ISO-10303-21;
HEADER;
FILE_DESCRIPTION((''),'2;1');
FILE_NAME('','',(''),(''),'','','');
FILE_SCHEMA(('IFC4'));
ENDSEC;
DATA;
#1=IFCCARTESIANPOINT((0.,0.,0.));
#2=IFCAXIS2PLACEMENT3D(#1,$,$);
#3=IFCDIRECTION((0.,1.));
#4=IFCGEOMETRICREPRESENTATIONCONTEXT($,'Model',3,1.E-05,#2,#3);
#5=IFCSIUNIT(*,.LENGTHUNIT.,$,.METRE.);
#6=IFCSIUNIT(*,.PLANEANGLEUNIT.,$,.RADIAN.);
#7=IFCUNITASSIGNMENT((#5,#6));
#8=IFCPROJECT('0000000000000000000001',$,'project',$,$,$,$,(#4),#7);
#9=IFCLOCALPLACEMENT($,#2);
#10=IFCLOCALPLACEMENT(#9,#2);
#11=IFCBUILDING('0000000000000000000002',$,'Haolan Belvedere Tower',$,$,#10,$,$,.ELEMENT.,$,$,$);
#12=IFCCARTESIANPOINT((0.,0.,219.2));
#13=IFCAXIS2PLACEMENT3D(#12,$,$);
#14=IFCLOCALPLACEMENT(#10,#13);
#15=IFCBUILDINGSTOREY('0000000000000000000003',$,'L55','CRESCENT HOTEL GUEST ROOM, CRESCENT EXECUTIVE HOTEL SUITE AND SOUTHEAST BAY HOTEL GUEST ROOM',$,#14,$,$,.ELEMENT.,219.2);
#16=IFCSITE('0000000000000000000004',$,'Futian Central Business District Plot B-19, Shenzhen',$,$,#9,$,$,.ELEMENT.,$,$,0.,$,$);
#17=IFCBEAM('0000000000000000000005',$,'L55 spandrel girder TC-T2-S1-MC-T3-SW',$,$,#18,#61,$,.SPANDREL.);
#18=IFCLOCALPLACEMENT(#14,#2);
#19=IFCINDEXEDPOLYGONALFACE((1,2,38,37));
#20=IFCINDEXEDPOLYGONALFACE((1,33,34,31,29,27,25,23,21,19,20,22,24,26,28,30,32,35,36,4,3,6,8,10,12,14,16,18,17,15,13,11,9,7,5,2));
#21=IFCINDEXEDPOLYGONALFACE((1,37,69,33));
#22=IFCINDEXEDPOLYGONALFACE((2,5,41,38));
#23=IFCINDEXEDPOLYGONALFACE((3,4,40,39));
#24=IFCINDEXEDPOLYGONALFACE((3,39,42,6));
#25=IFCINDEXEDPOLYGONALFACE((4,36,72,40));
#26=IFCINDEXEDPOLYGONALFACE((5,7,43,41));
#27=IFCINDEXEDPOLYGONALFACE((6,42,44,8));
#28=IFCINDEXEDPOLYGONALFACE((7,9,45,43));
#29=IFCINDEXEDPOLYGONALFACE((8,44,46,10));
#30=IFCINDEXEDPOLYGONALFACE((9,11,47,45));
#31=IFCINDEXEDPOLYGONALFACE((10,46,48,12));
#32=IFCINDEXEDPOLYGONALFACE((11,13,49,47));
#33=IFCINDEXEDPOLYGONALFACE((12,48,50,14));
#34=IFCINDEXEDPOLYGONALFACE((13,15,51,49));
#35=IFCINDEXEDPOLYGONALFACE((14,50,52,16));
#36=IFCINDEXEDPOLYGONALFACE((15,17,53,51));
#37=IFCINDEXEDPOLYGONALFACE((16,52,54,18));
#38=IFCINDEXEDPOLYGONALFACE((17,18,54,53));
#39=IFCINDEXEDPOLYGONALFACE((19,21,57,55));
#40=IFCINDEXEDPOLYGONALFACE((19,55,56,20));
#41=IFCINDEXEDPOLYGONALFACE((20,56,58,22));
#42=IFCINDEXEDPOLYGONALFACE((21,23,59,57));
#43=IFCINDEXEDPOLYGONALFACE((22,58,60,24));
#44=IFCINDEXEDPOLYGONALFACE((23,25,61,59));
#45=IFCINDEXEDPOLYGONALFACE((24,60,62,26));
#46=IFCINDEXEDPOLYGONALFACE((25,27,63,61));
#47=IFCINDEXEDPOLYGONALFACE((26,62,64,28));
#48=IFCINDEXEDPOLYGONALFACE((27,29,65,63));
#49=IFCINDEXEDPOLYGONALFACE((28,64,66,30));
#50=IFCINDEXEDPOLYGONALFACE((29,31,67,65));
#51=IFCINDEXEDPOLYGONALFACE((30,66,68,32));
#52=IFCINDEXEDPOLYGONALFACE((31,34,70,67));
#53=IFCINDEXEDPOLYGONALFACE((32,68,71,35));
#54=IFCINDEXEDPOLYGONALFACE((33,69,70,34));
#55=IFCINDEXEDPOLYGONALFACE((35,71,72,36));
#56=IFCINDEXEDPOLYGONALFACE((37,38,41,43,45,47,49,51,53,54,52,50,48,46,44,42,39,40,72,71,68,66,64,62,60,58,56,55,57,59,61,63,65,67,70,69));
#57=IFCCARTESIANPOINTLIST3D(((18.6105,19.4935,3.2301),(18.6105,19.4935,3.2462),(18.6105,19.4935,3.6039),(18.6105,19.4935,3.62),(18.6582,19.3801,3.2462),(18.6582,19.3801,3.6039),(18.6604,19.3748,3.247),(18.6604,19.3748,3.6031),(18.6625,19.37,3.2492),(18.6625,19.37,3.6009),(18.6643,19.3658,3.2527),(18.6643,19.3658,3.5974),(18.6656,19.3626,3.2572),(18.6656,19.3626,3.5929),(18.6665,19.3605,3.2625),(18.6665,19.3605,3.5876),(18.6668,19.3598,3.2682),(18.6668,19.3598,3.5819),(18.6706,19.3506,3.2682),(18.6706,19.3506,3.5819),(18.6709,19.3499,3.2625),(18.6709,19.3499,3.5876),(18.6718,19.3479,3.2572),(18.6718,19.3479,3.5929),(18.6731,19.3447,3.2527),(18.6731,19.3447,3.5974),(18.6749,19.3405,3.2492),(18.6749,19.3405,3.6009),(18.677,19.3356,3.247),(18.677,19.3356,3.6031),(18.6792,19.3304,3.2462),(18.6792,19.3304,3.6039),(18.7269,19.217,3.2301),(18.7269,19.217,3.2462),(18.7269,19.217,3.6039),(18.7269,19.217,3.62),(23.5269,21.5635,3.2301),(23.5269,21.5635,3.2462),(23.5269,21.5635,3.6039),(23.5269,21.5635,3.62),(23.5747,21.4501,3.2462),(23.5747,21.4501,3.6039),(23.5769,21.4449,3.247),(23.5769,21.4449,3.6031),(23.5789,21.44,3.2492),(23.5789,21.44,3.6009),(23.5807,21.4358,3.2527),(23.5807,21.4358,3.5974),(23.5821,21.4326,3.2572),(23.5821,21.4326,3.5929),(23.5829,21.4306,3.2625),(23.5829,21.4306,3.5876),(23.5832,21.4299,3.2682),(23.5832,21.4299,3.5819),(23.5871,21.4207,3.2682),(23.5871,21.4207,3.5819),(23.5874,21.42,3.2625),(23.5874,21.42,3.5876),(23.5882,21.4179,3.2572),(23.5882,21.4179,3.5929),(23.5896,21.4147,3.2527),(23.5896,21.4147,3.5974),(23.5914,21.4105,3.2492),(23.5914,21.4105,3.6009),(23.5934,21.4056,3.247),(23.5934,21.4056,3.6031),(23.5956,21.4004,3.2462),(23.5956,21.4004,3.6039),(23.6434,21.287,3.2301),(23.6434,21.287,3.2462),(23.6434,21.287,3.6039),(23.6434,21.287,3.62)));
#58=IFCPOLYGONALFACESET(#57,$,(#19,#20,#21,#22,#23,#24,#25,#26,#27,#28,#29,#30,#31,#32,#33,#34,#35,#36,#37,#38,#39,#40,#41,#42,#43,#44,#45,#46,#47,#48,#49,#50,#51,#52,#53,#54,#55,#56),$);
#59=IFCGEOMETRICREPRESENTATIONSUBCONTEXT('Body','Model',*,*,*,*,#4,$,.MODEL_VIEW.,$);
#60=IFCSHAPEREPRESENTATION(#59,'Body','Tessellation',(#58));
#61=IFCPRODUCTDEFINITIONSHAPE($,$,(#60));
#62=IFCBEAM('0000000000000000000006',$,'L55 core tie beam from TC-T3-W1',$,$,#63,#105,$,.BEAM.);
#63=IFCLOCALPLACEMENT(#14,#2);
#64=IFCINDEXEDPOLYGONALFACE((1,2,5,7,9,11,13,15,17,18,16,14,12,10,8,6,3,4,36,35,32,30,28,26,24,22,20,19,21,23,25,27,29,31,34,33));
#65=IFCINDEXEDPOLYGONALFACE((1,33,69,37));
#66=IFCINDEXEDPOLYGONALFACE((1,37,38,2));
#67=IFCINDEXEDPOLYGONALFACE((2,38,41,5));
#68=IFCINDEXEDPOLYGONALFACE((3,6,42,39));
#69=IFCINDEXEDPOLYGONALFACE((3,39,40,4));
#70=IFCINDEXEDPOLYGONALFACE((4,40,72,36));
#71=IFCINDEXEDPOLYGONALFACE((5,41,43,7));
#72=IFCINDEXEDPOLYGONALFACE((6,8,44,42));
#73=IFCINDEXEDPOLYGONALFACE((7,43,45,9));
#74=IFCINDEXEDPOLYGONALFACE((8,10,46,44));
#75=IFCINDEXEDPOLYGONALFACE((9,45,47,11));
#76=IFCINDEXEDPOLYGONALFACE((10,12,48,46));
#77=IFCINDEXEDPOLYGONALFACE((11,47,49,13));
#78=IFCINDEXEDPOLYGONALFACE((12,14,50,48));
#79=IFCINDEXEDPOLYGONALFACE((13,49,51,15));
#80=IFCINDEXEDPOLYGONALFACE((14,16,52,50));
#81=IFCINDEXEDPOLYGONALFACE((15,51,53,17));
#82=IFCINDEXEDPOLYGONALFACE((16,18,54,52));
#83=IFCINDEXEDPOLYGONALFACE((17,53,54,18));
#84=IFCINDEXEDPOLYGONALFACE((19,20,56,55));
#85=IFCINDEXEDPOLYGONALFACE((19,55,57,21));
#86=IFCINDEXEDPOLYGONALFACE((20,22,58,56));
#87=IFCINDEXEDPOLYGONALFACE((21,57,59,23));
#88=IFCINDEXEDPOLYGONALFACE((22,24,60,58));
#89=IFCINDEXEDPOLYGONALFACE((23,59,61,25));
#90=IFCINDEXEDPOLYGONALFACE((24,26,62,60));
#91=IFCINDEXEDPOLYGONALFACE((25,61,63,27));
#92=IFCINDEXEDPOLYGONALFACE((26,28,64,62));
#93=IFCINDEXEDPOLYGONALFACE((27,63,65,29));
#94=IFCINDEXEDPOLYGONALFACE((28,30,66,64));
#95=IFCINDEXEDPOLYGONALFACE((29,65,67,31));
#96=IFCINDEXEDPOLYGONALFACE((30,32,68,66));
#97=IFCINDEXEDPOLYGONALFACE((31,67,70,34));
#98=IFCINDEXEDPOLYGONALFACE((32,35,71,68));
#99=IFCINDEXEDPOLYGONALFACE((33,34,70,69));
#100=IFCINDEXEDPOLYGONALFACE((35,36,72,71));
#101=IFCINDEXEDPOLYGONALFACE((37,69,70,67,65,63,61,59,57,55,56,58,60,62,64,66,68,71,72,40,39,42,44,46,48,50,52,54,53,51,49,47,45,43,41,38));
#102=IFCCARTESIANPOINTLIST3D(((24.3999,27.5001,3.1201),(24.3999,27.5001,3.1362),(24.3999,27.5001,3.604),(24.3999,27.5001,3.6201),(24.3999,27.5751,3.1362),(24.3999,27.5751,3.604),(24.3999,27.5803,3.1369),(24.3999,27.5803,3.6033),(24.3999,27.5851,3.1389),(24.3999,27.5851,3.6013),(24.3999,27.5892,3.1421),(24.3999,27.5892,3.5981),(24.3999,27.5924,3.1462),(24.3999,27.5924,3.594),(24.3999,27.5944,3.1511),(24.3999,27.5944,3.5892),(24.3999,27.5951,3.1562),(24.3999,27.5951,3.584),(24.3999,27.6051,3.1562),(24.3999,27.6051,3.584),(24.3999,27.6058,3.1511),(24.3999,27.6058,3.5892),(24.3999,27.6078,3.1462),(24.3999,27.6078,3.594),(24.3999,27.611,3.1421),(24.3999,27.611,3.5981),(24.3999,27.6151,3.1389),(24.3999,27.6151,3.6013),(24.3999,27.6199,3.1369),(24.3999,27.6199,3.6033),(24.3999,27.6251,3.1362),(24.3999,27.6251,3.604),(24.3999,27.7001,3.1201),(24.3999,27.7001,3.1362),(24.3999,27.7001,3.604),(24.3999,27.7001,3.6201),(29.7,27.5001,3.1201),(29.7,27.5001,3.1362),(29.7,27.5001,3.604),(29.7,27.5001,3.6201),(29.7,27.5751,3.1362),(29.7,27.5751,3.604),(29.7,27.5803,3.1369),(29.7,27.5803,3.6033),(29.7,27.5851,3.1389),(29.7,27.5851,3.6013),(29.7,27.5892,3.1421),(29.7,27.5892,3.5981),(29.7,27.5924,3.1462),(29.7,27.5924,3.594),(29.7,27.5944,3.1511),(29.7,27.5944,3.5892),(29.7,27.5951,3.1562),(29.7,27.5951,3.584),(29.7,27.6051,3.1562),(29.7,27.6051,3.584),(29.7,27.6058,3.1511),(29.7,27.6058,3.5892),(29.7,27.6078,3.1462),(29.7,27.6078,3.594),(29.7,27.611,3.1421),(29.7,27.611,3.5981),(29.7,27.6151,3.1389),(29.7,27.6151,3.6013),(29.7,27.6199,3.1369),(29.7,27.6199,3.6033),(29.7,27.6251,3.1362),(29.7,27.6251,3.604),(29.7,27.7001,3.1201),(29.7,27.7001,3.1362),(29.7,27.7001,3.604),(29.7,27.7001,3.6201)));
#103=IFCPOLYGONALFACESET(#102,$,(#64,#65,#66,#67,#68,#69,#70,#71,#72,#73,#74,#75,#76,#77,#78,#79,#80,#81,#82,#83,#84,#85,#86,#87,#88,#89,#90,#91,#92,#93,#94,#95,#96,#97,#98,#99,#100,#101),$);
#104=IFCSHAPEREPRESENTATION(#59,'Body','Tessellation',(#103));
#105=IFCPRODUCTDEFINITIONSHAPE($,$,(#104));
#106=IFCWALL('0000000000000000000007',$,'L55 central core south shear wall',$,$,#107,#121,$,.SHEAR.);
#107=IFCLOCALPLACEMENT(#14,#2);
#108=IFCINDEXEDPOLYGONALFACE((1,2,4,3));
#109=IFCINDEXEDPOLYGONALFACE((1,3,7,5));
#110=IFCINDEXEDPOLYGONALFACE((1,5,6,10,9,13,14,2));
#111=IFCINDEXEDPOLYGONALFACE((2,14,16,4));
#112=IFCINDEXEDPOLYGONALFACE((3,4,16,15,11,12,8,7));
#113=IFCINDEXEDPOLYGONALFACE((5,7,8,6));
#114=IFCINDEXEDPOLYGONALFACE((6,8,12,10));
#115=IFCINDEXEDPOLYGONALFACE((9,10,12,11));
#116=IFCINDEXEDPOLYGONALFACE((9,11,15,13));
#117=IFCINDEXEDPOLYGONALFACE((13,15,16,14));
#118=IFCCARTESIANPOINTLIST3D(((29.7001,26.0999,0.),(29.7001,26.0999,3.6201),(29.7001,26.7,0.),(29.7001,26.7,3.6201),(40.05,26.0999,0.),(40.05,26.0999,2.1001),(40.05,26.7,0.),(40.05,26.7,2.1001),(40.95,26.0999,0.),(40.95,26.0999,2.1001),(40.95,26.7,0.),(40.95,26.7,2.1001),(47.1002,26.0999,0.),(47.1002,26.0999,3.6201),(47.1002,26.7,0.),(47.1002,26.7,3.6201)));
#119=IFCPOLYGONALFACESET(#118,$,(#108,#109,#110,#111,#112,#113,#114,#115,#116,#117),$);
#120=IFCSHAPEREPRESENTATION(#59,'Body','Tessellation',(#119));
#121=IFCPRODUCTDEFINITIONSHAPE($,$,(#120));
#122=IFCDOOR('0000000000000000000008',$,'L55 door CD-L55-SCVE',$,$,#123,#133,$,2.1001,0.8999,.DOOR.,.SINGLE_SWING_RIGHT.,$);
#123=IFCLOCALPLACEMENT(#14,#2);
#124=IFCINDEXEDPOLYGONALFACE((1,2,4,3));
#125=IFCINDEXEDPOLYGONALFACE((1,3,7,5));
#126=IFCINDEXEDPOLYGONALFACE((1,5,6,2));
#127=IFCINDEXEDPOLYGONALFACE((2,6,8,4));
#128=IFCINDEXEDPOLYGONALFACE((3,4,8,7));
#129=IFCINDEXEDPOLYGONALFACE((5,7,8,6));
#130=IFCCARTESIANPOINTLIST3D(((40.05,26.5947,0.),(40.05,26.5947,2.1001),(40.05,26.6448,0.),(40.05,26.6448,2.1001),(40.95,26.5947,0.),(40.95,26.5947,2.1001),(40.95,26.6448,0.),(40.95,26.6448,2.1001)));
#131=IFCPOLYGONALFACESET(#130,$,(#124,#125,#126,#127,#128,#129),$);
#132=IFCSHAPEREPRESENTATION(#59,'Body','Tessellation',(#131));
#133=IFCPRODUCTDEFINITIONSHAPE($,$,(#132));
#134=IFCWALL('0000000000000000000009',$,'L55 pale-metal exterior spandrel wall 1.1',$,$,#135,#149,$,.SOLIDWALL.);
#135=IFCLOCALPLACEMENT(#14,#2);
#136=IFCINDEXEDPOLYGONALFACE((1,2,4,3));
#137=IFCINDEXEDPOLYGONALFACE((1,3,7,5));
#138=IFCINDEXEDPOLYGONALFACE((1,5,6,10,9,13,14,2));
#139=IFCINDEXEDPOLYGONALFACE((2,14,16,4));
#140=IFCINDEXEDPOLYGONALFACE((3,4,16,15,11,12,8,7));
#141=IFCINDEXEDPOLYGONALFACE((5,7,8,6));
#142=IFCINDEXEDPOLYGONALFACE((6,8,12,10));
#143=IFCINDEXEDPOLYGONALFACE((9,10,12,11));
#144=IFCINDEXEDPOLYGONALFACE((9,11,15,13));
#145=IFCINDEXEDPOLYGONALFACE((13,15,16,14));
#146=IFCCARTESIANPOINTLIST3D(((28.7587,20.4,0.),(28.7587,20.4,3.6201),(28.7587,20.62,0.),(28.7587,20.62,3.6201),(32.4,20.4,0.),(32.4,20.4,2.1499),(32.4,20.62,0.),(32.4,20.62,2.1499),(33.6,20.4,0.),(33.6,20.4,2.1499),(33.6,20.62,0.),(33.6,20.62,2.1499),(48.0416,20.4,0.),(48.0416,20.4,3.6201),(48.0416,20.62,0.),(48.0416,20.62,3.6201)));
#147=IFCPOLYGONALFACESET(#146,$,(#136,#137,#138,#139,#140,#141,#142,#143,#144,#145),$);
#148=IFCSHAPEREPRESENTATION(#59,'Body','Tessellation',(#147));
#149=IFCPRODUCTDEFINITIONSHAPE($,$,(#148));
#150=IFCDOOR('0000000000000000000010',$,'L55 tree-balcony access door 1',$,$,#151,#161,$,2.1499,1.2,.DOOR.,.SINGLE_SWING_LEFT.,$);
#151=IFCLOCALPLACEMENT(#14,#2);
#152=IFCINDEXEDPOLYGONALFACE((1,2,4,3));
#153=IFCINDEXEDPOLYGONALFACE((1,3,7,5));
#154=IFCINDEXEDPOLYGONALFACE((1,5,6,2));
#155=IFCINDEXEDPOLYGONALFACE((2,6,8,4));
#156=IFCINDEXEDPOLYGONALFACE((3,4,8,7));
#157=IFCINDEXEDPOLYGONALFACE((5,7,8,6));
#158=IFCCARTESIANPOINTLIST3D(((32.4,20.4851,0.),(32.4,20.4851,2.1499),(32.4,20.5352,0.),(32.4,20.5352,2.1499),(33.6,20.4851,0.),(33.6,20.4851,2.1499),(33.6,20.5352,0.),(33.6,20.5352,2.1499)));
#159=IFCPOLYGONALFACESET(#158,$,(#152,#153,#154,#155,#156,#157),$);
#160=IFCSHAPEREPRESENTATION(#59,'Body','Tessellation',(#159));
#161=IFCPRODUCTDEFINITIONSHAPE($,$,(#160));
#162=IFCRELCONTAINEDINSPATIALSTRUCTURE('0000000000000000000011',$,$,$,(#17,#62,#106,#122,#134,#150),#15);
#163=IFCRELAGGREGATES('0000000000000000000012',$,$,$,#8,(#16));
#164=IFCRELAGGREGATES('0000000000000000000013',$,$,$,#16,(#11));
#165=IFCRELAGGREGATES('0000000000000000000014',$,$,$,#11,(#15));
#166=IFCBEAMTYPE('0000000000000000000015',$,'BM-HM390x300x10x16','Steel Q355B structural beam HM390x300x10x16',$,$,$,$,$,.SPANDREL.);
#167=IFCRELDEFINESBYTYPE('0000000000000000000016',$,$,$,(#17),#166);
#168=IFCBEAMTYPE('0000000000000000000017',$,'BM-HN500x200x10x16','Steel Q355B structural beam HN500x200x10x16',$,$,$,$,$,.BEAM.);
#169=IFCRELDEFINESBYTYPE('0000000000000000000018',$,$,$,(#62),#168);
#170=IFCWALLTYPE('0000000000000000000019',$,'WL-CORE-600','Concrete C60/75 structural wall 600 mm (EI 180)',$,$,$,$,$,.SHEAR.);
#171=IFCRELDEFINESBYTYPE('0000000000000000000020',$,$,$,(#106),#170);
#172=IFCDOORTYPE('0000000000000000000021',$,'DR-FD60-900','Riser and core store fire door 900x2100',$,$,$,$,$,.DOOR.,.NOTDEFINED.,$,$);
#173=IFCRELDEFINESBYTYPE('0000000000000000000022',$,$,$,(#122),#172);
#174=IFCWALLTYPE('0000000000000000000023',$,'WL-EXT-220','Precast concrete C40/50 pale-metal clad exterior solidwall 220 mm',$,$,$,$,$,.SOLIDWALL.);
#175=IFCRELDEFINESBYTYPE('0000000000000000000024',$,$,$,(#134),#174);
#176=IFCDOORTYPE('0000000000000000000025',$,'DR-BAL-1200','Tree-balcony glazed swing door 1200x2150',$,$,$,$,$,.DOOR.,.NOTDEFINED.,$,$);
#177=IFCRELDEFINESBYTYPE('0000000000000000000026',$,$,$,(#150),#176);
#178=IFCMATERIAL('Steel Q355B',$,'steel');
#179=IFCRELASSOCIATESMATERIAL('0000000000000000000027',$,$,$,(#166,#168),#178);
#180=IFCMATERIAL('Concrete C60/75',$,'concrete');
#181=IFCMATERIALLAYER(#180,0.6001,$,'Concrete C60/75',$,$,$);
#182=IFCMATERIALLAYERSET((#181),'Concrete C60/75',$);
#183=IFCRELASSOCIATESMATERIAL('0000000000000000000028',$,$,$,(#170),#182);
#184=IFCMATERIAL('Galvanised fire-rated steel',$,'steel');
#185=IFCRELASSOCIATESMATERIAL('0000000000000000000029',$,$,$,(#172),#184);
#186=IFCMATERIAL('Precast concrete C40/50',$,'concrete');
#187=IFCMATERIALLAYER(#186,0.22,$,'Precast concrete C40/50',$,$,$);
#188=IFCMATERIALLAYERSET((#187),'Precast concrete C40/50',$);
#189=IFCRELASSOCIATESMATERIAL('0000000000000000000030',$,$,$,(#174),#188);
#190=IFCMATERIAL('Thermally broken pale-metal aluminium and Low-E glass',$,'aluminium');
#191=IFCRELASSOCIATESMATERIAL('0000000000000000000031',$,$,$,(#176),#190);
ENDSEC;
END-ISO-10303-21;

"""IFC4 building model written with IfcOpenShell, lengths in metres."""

from ifc_helpers import new_model, si_unit, direction, frame, frame_2d, origin, origin_2d, place, context, subcontext, project, spatial, rectangle, i_section, extrude, material, layer, layer_set, material_profile, profile_set, type_object, element, fill, save


model = new_model("IFC4")

# Units and contexts
model_context = context("Model", 3, precision=1e-05, world=origin(), true_north=direction((0.0, 1.0)))
body_context = subcontext(model_context, "Body", "Model", "MODEL_VIEW")
ifc_project = project(units=[si_unit("LENGTHUNIT", "METRE"), si_unit("PLANEANGLEUNIT", "RADIAN")], contexts=[model_context])

# Site, building, storey
site_placement = place(None, origin())
site = spatial("IfcSite", under=ifc_project, at=site_placement, Name="Futian Central Business District Plot B-19, Shenzhen", CompositionType="ELEMENT", RefElevation=0.0)
building_placement = place(site_placement, origin())
building = spatial("IfcBuilding", under=site, at=building_placement, Name="Haolan Belvedere Tower", CompositionType="ELEMENT")
storey_placement = place(building_placement, frame((0.0, 0.0, 219.2)))
storey = spatial("IfcBuildingStorey", under=building, at=storey_placement, Name="L55", Description="CRESCENT HOTEL GUEST ROOM, CRESCENT EXECUTIVE HOTEL SUITE AND SOUTHEAST BAY HOTEL GUEST ROOM", CompositionType="ELEMENT", Elevation=219.2)

# Beams
ifc_material_1 = material(Name="Steel Q355B", Category="steel")
ifc_material_profile_1 = material_profile(ifc_material_1, i_section(OverallWidth=0.3, OverallDepth=0.3899, WebThickness=0.01, FlangeThickness=0.0161, FilletRadius=0.022, at=origin_2d()), Name="Steel Q355B")
ifc_profile_set_1 = profile_set([ifc_material_profile_1], Name="Steel Q355B")
beam_type_1 = type_object("IfcBeamType", Name="BM-HM390x300x10x16", Description="Steel Q355B structural beam HM390x300x10x16", PredefinedType="SPANDREL", material=ifc_profile_set_1)
beam_1_placement = place(storey_placement, frame((18.6687, 19.3552, 3.425), z_axis=(0.921638, 0.388051, 0.0), x_axis=(-0.388051, 0.921638, 0.0)))
element("IfcBeam", 1, at=beam_1_placement, inside=storey, type_object=beam_type_1, Name="L55 spandrel girder TC-T2-S1-MC-T3-SW", PredefinedType="SPANDREL", context=body_context, shape_type="SweptSolid", body=[
    extrude(i_section(OverallWidth=0.3, OverallDepth=0.3899, WebThickness=0.01, FlangeThickness=0.0161, FilletRadius=0.022, at=origin_2d()), origin(), (0.0, 0.0, 1.0), 5.3345),
])
ifc_material_profile_2 = material_profile(ifc_material_1, i_section(OverallWidth=0.2, OverallDepth=0.5, WebThickness=0.01, FlangeThickness=0.0161, FilletRadius=0.02, at=origin_2d()), Name="Steel Q355B")
ifc_profile_set_2 = profile_set([ifc_material_profile_2], Name="Steel Q355B")
beam_type_2 = type_object("IfcBeamType", Name="BM-HN500x200x10x16", Description="Steel Q355B structural beam HN500x200x10x16", PredefinedType="BEAM", material=ifc_profile_set_2)
beam_2_placement = place(storey_placement, frame((24.3999, 27.6001, 3.3701), z_axis=(1.0, 0.0, 0.0), x_axis=(0.0, 1.0, 0.0)))
element("IfcBeam", 2, at=beam_2_placement, inside=storey, type_object=beam_type_2, Name="L55 core tie beam from TC-T3-W1", PredefinedType="BEAM", context=body_context, shape_type="SweptSolid", body=[
    extrude(i_section(OverallWidth=0.2, OverallDepth=0.5, WebThickness=0.01, FlangeThickness=0.0161, FilletRadius=0.02, at=origin_2d()), origin(), (0.0, 0.0, 1.0), 5.3),
])

# Walls, openings, doors
ifc_material_2 = material(Name="Concrete C60/75", Category="concrete")
ifc_layer_1 = layer(ifc_material_2, 0.6001, Name="Concrete C60/75")
ifc_layer_set_1 = layer_set([ifc_layer_1], Name="Concrete C60/75")
wall_type_1 = type_object("IfcWallType", Name="WL-CORE-600", Description="Concrete C60/75 structural wall 600 mm (EI 180)", PredefinedType="SHEAR", material=ifc_layer_set_1)
wall_1_placement = place(storey_placement, frame((29.7, 26.3999, 0.0), z_axis=(0.0, 0.0, 1.0), x_axis=(1.0, 0.0, 0.0)))
wall_1 = element("IfcWall", 3, at=wall_1_placement, inside=storey, type_object=wall_type_1, Name="L55 central core south shear wall", PredefinedType="SHEAR", context=body_context, shape_type="SweptSolid", body=[
    extrude(rectangle(XDim=17.4001, YDim=0.6001, at=frame_2d((8.7002, 0.0))), origin(), (0.0, 0.0, 1.0), 3.6201),
])
opening_1_placement = place(wall_1_placement, frame((11.25, 0.0, 0.0), z_axis=(0.0, 0.0, 1.0), x_axis=(-1.0, 0.0, 0.0)))
opening_1 = element("IfcOpeningElement", 4, at=opening_1_placement, cuts=wall_1, PredefinedType="OPENING", context=body_context, shape_type="SweptSolid", body=[
    extrude(rectangle(XDim=0.8999, YDim=2.1001, at=frame_2d((0.45, 1.05))), frame((0.0, 0.3101, 0.0), z_axis=(0.0, -1.0, 0.0), x_axis=(1.0, 0.0, 0.0)), (0.0, 0.0, 1.0), 0.6201),
])
ifc_material_3 = material(Name="Galvanised fire-rated steel", Category="steel")
door_type_1 = type_object("IfcDoorType", Name="DR-FD60-900", Description="Riser and core store fire door 900x2100", OperationType="NOTDEFINED", PredefinedType="DOOR", material=ifc_material_3)
door_1_placement = place(opening_1_placement, origin())
door_1 = element("IfcDoor", 5, at=door_1_placement, inside=storey, type_object=door_type_1, Name="L55 door CD-L55-SCVE", OperationType="SINGLE_SWING_RIGHT", OverallHeight=2.1001, OverallWidth=0.8999, PredefinedType="DOOR", context=body_context, shape_type="SweptSolid", body=[
    extrude(rectangle(XDim=0.8999, YDim=2.1001, at=frame_2d((0.45, 1.05))), frame((0.0, -0.1948, 0.0), z_axis=(0.0, -1.0, 0.0), x_axis=(1.0, 0.0, 0.0)), (0.0, 0.0, 1.0), 0.05),
])
fill(opening_1, door_1)
ifc_material_4 = material(Name="Precast concrete C40/50", Category="concrete")
ifc_layer_2 = layer(ifc_material_4, 0.22, Name="Precast concrete C40/50")
ifc_layer_set_2 = layer_set([ifc_layer_2], Name="Precast concrete C40/50")
wall_type_2 = type_object("IfcWallType", Name="WL-EXT-220", Description="Precast concrete C40/50 pale-metal clad exterior solidwall 220 mm", PredefinedType="SOLIDWALL", material=ifc_layer_set_2)
wall_2_placement = place(storey_placement, frame((28.7585, 20.51, 0.0), z_axis=(0.0, 0.0, 1.0), x_axis=(1.0, 0.0, 0.0)))
wall_2 = element("IfcWall", 6, at=wall_2_placement, inside=storey, type_object=wall_type_2, Name="L55 pale-metal exterior spandrel wall 1.1", PredefinedType="SOLIDWALL", context=body_context, shape_type="SweptSolid", body=[
    extrude(rectangle(XDim=19.283, YDim=0.22, at=frame_2d((9.6416, 0.0))), origin(), (0.0, 0.0, 1.0), 3.6201),
])
opening_2_placement = place(wall_2_placement, frame((4.8416, 0.0, 0.0), z_axis=(0.0, 0.0, 1.0), x_axis=(-1.0, 0.0, 0.0)))
opening_2 = element("IfcOpeningElement", 7, at=opening_2_placement, cuts=wall_2, PredefinedType="OPENING", context=body_context, shape_type="SweptSolid", body=[
    extrude(rectangle(XDim=1.2, YDim=2.1499, at=frame_2d((0.6001, 1.075))), frame((0.0, 0.1199, 0.0), z_axis=(0.0, -1.0, 0.0), x_axis=(1.0, 0.0, 0.0)), (0.0, 0.0, 1.0), 0.24),
])
ifc_material_5 = material(Name="Thermally broken pale-metal aluminium and Low-E glass", Category="aluminium")
door_type_2 = type_object("IfcDoorType", Name="DR-BAL-1200", Description="Tree-balcony glazed swing door 1200x2150", OperationType="NOTDEFINED", PredefinedType="DOOR", material=ifc_material_5)
door_2_placement = place(opening_2_placement, origin())
door_2 = element("IfcDoor", 8, at=door_2_placement, inside=storey, type_object=door_type_2, Name="L55 tree-balcony access door 1", OperationType="SINGLE_SWING_LEFT", OverallHeight=2.1499, OverallWidth=1.2, PredefinedType="DOOR", context=body_context, shape_type="SweptSolid", body=[
    extrude(rectangle(XDim=1.2, YDim=2.1499, at=frame_2d((0.6001, 1.075))), frame((0.0, 0.0249, 0.0), z_axis=(0.0, -1.0, 0.0), x_axis=(1.0, 0.0, 0.0)), (0.0, 0.0, 1.0), 0.05),
])
fill(opening_2, door_2)

save(model, "model.ifc")
